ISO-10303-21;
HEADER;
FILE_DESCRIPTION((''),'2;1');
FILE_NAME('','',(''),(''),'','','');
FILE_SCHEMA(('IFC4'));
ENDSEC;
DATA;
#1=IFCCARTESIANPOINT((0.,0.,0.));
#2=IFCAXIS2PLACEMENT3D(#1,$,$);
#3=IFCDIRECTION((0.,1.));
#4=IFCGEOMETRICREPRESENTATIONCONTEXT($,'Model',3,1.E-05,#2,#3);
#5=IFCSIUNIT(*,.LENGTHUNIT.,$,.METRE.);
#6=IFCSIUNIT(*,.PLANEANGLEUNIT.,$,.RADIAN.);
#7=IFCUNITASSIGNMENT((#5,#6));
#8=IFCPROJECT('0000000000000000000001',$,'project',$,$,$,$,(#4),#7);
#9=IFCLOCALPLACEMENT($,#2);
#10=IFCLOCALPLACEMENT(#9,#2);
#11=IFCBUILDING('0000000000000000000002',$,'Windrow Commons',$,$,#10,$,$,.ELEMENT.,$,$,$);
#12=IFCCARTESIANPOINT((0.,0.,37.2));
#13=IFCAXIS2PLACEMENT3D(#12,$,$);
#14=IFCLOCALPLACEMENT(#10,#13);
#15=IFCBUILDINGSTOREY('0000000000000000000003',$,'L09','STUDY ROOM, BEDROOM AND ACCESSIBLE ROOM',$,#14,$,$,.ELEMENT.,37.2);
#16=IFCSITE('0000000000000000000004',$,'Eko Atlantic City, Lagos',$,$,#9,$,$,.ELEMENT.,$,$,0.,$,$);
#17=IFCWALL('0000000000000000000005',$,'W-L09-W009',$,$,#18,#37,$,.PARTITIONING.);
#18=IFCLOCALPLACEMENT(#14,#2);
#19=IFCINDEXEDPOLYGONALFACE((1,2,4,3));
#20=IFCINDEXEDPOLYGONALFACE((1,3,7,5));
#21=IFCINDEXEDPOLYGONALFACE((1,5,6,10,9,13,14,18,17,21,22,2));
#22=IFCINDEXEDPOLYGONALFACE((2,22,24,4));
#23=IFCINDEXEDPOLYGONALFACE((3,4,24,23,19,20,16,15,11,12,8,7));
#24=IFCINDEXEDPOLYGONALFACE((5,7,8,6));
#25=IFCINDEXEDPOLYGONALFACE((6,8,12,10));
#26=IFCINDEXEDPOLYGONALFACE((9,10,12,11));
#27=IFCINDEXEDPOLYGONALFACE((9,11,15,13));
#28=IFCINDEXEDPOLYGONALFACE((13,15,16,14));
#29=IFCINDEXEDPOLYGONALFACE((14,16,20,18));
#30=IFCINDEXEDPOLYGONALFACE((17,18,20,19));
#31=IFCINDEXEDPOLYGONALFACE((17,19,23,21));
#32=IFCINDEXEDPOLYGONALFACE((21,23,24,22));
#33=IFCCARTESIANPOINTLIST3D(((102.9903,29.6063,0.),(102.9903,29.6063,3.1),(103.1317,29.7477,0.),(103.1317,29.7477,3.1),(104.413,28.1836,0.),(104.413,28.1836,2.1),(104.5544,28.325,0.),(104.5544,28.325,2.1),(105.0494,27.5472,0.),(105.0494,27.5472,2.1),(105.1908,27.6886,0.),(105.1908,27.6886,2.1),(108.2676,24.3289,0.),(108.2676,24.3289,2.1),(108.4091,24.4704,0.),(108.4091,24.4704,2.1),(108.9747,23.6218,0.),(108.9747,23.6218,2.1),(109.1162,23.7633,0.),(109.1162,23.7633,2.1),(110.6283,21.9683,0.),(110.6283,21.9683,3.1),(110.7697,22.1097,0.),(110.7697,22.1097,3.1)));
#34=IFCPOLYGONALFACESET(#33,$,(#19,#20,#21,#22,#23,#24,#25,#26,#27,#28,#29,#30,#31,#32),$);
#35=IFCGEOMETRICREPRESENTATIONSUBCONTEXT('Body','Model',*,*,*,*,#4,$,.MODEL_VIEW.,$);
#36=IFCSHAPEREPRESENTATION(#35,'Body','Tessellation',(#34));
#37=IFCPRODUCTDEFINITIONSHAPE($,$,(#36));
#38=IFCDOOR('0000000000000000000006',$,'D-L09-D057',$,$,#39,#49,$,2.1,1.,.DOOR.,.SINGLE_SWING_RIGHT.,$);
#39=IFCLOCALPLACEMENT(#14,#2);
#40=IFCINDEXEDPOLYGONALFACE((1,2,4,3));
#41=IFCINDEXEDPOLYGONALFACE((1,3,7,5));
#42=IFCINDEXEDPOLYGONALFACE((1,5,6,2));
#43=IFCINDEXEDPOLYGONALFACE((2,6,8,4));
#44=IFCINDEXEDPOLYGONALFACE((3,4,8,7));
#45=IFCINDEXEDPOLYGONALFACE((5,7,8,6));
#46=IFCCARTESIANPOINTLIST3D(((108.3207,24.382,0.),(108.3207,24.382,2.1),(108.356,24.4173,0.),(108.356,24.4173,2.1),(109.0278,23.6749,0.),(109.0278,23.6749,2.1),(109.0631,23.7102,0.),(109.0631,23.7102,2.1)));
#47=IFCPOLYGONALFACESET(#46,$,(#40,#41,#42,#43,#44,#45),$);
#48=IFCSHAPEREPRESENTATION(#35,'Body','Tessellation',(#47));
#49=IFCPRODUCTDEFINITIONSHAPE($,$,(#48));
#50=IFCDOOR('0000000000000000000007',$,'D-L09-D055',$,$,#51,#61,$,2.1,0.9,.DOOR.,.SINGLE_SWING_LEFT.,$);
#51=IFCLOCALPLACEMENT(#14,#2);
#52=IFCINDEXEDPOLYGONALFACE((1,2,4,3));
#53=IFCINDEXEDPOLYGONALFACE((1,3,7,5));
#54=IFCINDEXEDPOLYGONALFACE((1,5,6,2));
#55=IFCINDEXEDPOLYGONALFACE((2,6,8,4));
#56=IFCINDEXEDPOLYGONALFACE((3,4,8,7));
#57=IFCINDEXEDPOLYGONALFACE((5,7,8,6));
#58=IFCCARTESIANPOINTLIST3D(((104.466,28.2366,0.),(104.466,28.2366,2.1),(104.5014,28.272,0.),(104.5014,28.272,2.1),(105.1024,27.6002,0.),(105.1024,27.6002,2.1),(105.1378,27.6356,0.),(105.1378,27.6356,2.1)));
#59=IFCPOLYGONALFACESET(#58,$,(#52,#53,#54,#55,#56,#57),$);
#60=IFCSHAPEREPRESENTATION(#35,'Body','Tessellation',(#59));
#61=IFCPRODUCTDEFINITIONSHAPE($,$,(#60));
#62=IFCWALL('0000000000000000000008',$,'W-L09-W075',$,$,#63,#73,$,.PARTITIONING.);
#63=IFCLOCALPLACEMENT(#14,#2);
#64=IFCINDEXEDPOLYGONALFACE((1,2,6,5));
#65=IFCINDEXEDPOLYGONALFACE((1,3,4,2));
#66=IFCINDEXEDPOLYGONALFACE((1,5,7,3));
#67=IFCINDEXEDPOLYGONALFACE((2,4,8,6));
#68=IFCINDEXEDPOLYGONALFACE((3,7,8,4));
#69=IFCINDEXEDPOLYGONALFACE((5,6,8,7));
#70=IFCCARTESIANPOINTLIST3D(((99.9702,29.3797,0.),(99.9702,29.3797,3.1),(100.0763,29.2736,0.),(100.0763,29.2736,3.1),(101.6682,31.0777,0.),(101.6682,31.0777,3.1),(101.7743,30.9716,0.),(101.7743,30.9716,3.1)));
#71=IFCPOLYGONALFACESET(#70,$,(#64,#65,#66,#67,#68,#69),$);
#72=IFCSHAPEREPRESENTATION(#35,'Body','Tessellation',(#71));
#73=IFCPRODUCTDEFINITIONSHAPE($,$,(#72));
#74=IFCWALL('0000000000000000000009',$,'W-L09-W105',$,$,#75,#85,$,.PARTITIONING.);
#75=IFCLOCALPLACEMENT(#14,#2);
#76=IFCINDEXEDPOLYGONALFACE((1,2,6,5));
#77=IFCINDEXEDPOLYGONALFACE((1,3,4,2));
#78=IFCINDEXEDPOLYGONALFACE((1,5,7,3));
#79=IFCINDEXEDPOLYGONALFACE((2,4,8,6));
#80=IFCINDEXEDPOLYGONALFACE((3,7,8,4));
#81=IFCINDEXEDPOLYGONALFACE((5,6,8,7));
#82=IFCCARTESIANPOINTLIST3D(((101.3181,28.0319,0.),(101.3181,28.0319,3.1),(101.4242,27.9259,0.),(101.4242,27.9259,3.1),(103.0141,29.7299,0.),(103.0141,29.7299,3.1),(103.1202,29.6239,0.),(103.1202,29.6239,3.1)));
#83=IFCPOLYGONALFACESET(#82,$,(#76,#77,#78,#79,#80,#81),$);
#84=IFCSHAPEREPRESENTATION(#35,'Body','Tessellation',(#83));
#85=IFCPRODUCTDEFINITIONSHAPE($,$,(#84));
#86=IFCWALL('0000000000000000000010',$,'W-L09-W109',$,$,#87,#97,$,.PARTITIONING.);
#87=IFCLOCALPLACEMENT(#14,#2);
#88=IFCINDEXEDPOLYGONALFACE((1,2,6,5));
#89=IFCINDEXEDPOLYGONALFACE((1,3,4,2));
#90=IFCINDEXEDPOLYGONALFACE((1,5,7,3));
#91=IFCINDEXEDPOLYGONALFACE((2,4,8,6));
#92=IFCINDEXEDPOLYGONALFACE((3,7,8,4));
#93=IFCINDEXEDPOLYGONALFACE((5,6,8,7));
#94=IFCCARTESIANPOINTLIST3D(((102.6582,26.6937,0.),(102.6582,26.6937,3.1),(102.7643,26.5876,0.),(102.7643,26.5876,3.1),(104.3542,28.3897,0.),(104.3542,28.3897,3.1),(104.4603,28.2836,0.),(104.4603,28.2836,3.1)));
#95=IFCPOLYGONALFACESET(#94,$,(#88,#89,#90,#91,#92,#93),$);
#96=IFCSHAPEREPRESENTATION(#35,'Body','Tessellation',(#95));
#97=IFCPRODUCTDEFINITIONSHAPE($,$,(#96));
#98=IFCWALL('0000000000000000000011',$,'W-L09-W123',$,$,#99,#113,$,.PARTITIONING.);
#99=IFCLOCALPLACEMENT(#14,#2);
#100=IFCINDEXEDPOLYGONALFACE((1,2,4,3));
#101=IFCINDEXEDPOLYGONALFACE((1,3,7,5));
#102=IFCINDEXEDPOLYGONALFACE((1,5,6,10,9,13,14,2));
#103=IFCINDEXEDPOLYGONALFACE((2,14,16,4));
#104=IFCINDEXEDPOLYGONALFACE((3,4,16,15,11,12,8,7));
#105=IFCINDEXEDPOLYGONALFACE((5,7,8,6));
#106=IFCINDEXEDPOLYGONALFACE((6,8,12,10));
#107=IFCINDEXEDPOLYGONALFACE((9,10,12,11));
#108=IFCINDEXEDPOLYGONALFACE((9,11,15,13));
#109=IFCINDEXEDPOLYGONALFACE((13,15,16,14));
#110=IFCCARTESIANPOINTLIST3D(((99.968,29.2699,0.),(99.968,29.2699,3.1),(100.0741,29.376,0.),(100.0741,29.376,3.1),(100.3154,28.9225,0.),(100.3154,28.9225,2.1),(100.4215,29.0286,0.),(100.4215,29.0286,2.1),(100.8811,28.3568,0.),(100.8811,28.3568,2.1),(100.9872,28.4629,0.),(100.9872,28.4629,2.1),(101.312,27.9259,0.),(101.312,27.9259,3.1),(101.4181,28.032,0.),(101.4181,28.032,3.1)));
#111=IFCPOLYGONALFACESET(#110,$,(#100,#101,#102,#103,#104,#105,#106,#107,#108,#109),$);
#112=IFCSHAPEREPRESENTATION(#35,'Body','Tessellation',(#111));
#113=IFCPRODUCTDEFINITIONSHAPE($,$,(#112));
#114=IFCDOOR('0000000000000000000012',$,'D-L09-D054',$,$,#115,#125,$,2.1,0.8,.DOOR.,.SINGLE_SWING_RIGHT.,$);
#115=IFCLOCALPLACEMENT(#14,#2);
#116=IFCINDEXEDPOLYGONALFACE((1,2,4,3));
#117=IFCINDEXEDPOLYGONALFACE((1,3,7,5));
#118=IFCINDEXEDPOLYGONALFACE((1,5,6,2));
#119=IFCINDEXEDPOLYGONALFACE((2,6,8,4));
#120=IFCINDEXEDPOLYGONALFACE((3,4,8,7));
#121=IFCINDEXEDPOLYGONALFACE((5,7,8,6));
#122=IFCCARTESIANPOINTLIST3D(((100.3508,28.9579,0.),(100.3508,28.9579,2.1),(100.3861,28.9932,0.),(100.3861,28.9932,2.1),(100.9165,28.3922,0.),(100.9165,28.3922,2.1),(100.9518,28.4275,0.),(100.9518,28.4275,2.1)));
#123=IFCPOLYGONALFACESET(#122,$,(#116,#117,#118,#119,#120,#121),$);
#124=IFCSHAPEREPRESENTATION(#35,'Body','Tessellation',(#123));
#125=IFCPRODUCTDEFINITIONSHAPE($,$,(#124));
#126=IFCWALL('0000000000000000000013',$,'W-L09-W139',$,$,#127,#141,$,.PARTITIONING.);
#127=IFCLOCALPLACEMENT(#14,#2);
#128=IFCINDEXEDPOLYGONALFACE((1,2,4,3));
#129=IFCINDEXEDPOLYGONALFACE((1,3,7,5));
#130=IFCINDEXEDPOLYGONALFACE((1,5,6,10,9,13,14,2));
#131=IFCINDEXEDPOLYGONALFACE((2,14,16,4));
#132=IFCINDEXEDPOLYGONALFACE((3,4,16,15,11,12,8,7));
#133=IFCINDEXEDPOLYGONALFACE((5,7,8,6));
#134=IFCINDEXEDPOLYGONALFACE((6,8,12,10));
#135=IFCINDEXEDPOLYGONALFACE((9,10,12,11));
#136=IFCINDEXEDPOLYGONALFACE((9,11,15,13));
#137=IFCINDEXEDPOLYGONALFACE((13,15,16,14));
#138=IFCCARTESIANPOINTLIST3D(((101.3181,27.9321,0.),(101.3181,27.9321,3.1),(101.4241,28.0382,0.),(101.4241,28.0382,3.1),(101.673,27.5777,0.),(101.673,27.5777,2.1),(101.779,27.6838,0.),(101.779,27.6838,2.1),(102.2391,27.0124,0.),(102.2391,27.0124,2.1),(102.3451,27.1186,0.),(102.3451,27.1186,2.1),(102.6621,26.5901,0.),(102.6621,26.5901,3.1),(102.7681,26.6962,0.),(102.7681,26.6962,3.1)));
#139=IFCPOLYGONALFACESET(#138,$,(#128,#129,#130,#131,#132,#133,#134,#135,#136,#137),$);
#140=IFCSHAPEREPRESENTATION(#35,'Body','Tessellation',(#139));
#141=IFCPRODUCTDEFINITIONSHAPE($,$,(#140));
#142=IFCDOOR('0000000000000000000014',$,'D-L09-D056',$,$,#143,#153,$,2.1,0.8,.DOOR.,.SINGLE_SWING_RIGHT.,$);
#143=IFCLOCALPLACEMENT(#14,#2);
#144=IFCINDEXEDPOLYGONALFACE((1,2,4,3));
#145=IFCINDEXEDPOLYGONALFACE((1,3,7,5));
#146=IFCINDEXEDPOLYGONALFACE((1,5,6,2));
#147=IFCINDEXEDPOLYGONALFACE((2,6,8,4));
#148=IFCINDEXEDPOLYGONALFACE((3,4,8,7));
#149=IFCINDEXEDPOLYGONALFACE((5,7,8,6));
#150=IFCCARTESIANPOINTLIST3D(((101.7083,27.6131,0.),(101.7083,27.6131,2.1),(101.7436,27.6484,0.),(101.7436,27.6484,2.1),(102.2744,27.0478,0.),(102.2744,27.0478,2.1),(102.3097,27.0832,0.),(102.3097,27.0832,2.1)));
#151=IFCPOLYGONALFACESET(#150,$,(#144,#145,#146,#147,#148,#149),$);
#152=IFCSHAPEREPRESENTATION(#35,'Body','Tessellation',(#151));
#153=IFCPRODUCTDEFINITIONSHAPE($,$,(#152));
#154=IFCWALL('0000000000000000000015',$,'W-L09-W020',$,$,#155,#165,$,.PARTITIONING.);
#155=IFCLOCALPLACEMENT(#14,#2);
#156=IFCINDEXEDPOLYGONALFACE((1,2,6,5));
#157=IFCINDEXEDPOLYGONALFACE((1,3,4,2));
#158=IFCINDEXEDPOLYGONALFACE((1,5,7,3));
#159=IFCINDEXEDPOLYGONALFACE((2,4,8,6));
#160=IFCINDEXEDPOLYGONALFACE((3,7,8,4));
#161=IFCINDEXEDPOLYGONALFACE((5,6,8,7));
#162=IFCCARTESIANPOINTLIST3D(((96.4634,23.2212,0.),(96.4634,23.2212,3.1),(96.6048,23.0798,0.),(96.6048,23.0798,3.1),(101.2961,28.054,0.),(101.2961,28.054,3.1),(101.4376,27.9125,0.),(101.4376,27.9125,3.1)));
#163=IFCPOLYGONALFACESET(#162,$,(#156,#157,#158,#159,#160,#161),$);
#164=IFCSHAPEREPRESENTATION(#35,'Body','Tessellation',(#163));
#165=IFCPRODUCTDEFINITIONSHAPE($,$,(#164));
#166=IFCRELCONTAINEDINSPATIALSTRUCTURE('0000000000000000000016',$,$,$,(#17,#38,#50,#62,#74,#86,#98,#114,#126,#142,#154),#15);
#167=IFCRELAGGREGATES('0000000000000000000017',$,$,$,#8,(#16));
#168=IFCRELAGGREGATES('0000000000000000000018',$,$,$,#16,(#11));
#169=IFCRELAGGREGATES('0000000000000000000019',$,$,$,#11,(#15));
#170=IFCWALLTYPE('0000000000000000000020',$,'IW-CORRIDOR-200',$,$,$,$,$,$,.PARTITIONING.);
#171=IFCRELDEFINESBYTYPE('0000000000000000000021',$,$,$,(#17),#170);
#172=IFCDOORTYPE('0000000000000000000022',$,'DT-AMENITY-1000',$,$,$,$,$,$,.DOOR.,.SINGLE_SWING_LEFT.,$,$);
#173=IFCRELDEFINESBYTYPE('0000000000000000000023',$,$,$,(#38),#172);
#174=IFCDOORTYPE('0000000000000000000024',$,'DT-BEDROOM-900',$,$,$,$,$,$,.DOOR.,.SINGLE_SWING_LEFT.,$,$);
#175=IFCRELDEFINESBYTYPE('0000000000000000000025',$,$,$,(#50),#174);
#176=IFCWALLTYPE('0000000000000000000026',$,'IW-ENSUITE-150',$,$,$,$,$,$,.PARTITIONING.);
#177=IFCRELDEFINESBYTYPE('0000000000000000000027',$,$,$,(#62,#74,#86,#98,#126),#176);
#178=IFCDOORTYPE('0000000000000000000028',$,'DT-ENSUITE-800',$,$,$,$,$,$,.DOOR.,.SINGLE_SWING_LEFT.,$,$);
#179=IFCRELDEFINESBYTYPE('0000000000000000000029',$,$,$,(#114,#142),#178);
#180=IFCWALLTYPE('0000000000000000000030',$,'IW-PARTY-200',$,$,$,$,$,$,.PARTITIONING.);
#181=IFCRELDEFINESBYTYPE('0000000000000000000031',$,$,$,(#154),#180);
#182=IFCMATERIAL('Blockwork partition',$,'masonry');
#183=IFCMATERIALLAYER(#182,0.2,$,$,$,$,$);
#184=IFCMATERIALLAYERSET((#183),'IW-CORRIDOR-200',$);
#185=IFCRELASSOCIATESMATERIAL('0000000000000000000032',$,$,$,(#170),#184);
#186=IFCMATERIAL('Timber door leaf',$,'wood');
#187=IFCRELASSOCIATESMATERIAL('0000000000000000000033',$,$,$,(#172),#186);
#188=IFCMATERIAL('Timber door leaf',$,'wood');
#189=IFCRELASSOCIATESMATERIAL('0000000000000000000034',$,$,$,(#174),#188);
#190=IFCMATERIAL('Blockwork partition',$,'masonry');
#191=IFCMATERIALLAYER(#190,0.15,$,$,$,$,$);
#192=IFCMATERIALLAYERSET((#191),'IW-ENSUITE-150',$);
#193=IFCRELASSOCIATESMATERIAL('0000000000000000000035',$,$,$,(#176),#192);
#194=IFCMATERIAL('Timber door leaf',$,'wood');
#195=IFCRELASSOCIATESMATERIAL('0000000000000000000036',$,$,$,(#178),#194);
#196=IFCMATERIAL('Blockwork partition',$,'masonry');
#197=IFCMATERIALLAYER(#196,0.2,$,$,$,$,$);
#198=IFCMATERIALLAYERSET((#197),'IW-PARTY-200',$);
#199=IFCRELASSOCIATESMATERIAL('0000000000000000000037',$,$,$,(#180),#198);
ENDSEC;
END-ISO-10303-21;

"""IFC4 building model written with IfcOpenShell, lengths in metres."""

from ifc_helpers import new_model, si_unit, direction, frame, frame_2d, origin, place, context, subcontext, project, spatial, rectangle, extrude, material, layer, layer_set, type_object, element, fill, save


model = new_model("IFC4")

# Units and contexts
model_context = context("Model", 3, precision=1e-05, world=origin(), true_north=direction((0.0, 1.0)))
body_context = subcontext(model_context, "Body", "Model", "MODEL_VIEW")
ifc_project = project(units=[si_unit("LENGTHUNIT", "METRE"), si_unit("PLANEANGLEUNIT", "RADIAN")], contexts=[model_context])

# Site, building, storey
site_placement = place(None, origin())
site = spatial("IfcSite", under=ifc_project, at=site_placement, Name="Eko Atlantic City, Lagos", CompositionType="ELEMENT", RefElevation=0.0)
building_placement = place(site_placement, origin())
building = spatial("IfcBuilding", under=site, at=building_placement, Name="Windrow Commons", CompositionType="ELEMENT")
storey_placement = place(building_placement, frame((0.0, 0.0, 37.2)))
storey = spatial("IfcBuildingStorey", under=building, at=storey_placement, Name="L09", Description="STUDY ROOM, BEDROOM AND ACCESSIBLE ROOM", CompositionType="ELEMENT", Elevation=37.2)

# Wall, openings, doors
ifc_material_1 = material(Name="Blockwork partition", Category="masonry")
ifc_layer_1 = layer(ifc_material_1, 0.2)
ifc_layer_set_1 = layer_set([ifc_layer_1], Name="IW-CORRIDOR-200")
wall_type_1 = type_object("IfcWallType", Name="IW-CORRIDOR-200", PredefinedType="PARTITIONING", material=ifc_layer_set_1)
wall_1_placement = place(storey_placement, frame((103.061, 29.677, 0.0), z_axis=(0.0, 0.0, 1.0), x_axis=(0.707107, -0.707107, 0.0)))
wall_1 = element("IfcWall", 1, at=wall_1_placement, inside=storey, type_object=wall_type_1, Name="W-L09-W009", PredefinedType="PARTITIONING", context=body_context, shape_type="SweptSolid", body=[
    extrude(rectangle(XDim=10.8018, YDim=0.2, at=frame_2d((5.4009, 0.0))), origin(), (0.0, 0.0, 1.0), 3.1),
])
opening_1_placement = place(wall_1_placement, frame((2.012, 0.0, 0.0)))
opening_1 = element("IfcOpeningElement", 2, at=opening_1_placement, cuts=wall_1, PredefinedType="OPENING", context=body_context, shape_type="SweptSolid", body=[
    extrude(rectangle(XDim=0.9, YDim=2.1, at=frame_2d((0.45, 1.05))), frame((0.0, 0.11, 0.0), z_axis=(0.0, -1.0, 0.0), x_axis=(1.0, 0.0, 0.0)), (0.0, 0.0, 1.0), 0.22),
])
opening_2_placement = place(wall_1_placement, frame((7.4633, 0.0, 0.0)))
opening_2 = element("IfcOpeningElement", 3, at=opening_2_placement, cuts=wall_1, PredefinedType="OPENING", context=body_context, shape_type="SweptSolid", body=[
    extrude(rectangle(XDim=1.0, YDim=2.1, at=frame_2d((0.5, 1.05))), frame((0.0, 0.11, 0.0), z_axis=(0.0, -1.0, 0.0), x_axis=(1.0, 0.0, 0.0)), (0.0, 0.0, 1.0), 0.22),
])
ifc_material_2 = material(Name="Timber door leaf", Category="wood")
door_type_1 = type_object("IfcDoorType", Name="DT-AMENITY-1000", OperationType="SINGLE_SWING_LEFT", PredefinedType="DOOR", material=ifc_material_2)
door_1_placement = place(opening_2_placement, origin())
door_1 = element("IfcDoor", 4, at=door_1_placement, inside=storey, type_object=door_type_1, Name="D-L09-D057", OperationType="SINGLE_SWING_RIGHT", OverallHeight=2.1, OverallWidth=1.0, PredefinedType="DOOR", context=body_context, shape_type="SweptSolid", body=[
    extrude(rectangle(XDim=1.0, YDim=2.1, at=frame_2d((0.5, 1.05))), frame((0.0, 0.025, 0.0), z_axis=(0.0, -1.0, 0.0), x_axis=(1.0, 0.0, 0.0)), (0.0, 0.0, 1.0), 0.05),
])
fill(opening_2, door_1)
ifc_material_3 = material(Name="Timber door leaf", Category="wood")
door_type_2 = type_object("IfcDoorType", Name="DT-BEDROOM-900", OperationType="SINGLE_SWING_LEFT", PredefinedType="DOOR", material=ifc_material_3)
door_2_placement = place(opening_1_placement, origin())
door_2 = element("IfcDoor", 5, at=door_2_placement, inside=storey, type_object=door_type_2, Name="D-L09-D055", OperationType="SINGLE_SWING_LEFT", OverallHeight=2.1, OverallWidth=0.9, PredefinedType="DOOR", context=body_context, shape_type="SweptSolid", body=[
    extrude(rectangle(XDim=0.9, YDim=2.1, at=frame_2d((0.45, 1.05))), frame((0.0, 0.025, 0.0), z_axis=(0.0, -1.0, 0.0), x_axis=(1.0, 0.0, 0.0)), (0.0, 0.0, 1.0), 0.05),
])
fill(opening_1, door_2)

# Walls
ifc_material_4 = material(Name="Blockwork partition", Category="masonry")
ifc_layer_2 = layer(ifc_material_4, 0.15)
ifc_layer_set_2 = layer_set([ifc_layer_2], Name="IW-ENSUITE-150")
wall_type_2 = type_object("IfcWallType", Name="IW-ENSUITE-150", PredefinedType="PARTITIONING", material=ifc_layer_set_2)
wall_2_placement = place(storey_placement, frame((100.0233, 29.3267, 0.0), z_axis=(0.0, 0.0, 1.0), x_axis=(0.707107, 0.707107, 0.0)))
element("IfcWall", 6, at=wall_2_placement, inside=storey, type_object=wall_type_2, Name="W-L09-W075", PredefinedType="PARTITIONING", context=body_context, shape_type="SweptSolid", body=[
    extrude(rectangle(XDim=2.4013, YDim=0.15, at=frame_2d((1.2006, 0.0))), origin(), (0.0, 0.0, 1.0), 3.1),
])
wall_3_placement = place(storey_placement, frame((101.3711, 27.9789, 0.0), z_axis=(0.0, 0.0, 1.0), x_axis=(0.70669, 0.707523, 0.0)))
element("IfcWall", 7, at=wall_3_placement, inside=storey, type_object=wall_type_2, Name="W-L09-W105", PredefinedType="PARTITIONING", context=body_context, shape_type="SweptSolid", body=[
    extrude(rectangle(XDim=2.3999, YDim=0.15, at=frame_2d((1.2, 0.0))), origin(), (0.0, 0.0, 1.0), 3.1),
])
wall_4_placement = place(storey_placement, frame((102.7113, 26.6407, 0.0), z_axis=(0.0, 0.0, 1.0), x_axis=(0.707107, 0.707107, 0.0)))
element("IfcWall", 8, at=wall_4_placement, inside=storey, type_object=wall_type_2, Name="W-L09-W109", PredefinedType="PARTITIONING", context=body_context, shape_type="SweptSolid", body=[
    extrude(rectangle(XDim=2.3985, YDim=0.15, at=frame_2d((1.1992, 0.0))), origin(), (0.0, 0.0, 1.0), 3.1),
])

# Walls, openings, doors
wall_5_placement = place(storey_placement, frame((100.021, 29.323, 0.0), z_axis=(0.0, 0.0, 1.0), x_axis=(0.707107, -0.707107, 0.0)))
wall_5 = element("IfcWall", 9, at=wall_5_placement, inside=storey, type_object=wall_type_2, Name="W-L09-W123", PredefinedType="PARTITIONING", context=body_context, shape_type="SweptSolid", body=[
    extrude(rectangle(XDim=1.9007, YDim=0.15, at=frame_2d((0.9504, 0.0))), origin(), (0.0, 0.0, 1.0), 3.1),
])
opening_3_placement = place(wall_5_placement, frame((0.4914, 0.0, 0.0)))
opening_3 = element("IfcOpeningElement", 10, at=opening_3_placement, cuts=wall_5, PredefinedType="OPENING", context=body_context, shape_type="SweptSolid", body=[
    extrude(rectangle(XDim=0.8, YDim=2.1, at=frame_2d((0.4, 1.05))), frame((0.0, 0.085, 0.0), z_axis=(0.0, -1.0, 0.0), x_axis=(1.0, 0.0, 0.0)), (0.0, 0.0, 1.0), 0.17),
])
ifc_material_5 = material(Name="Timber door leaf", Category="wood")
door_type_3 = type_object("IfcDoorType", Name="DT-ENSUITE-800", OperationType="SINGLE_SWING_LEFT", PredefinedType="DOOR", material=ifc_material_5)
door_3_placement = place(opening_3_placement, origin())
door_3 = element("IfcDoor", 11, at=door_3_placement, inside=storey, type_object=door_type_3, Name="D-L09-D054", OperationType="SINGLE_SWING_RIGHT", OverallHeight=2.1, OverallWidth=0.8, PredefinedType="DOOR", context=body_context, shape_type="SweptSolid", body=[
    extrude(rectangle(XDim=0.8, YDim=2.1, at=frame_2d((0.4, 1.05))), frame((0.0, 0.025, 0.0), z_axis=(0.0, -1.0, 0.0), x_axis=(1.0, 0.0, 0.0)), (0.0, 0.0, 1.0), 0.05),
])
fill(opening_3, door_3)
wall_6_placement = place(storey_placement, frame((101.3711, 27.9851, 0.0), z_axis=(0.0, 0.0, 1.0), x_axis=(0.707633, -0.70658, 0.0)))
wall_6 = element("IfcWall", 12, at=wall_6_placement, inside=storey, type_object=wall_type_2, Name="W-L09-W139", PredefinedType="PARTITIONING", context=body_context, shape_type="SweptSolid", body=[
    extrude(rectangle(XDim=1.8993, YDim=0.15, at=frame_2d((0.9496, 0.0))), origin(), (0.0, 0.0, 1.0), 3.1),
])
opening_4_placement = place(wall_6_placement, frame((0.5015, 0.0, 0.0)))
opening_4 = element("IfcOpeningElement", 13, at=opening_4_placement, cuts=wall_6, PredefinedType="OPENING", context=body_context, shape_type="SweptSolid", body=[
    extrude(rectangle(XDim=0.8, YDim=2.1, at=frame_2d((0.4, 1.05))), frame((0.0, 0.085, 0.0), z_axis=(0.0, -1.0, 0.0), x_axis=(1.0, 0.0, 0.0)), (0.0, 0.0, 1.0), 0.17),
])
door_4_placement = place(opening_4_placement, origin())
door_4 = element("IfcDoor", 14, at=door_4_placement, inside=storey, type_object=door_type_3, Name="D-L09-D056", OperationType="SINGLE_SWING_RIGHT", OverallHeight=2.1, OverallWidth=0.8, PredefinedType="DOOR", context=body_context, shape_type="SweptSolid", body=[
    extrude(rectangle(XDim=0.8, YDim=2.1, at=frame_2d((0.4, 1.05))), frame((0.0, 0.025, 0.0), z_axis=(0.0, -1.0, 0.0), x_axis=(1.0, 0.0, 0.0)), (0.0, 0.0, 1.0), 0.05),
])
fill(opening_4, door_4)

# Wall
ifc_material_6 = material(Name="Blockwork partition", Category="masonry")
ifc_layer_3 = layer(ifc_material_6, 0.2)
ifc_layer_set_3 = layer_set([ifc_layer_3], Name="IW-PARTY-200")
wall_type_3 = type_object("IfcWallType", Name="IW-PARTY-200", PredefinedType="PARTITIONING", material=ifc_layer_set_3)
wall_7_placement = place(storey_placement, frame((96.5341, 23.1505, 0.0), z_axis=(0.0, 0.0, 1.0), x_axis=(0.707107, 0.707107, 0.0)))
element("IfcWall", 15, at=wall_7_placement, inside=storey, type_object=wall_type_3, Name="W-L09-W020", PredefinedType="PARTITIONING", context=body_context, shape_type="SweptSolid", body=[
    extrude(rectangle(XDim=6.8345, YDim=0.2, at=frame_2d((3.4173, 0.0))), origin(), (0.0, 0.0, 1.0), 3.1),
])

save(model, "model.ifc")
